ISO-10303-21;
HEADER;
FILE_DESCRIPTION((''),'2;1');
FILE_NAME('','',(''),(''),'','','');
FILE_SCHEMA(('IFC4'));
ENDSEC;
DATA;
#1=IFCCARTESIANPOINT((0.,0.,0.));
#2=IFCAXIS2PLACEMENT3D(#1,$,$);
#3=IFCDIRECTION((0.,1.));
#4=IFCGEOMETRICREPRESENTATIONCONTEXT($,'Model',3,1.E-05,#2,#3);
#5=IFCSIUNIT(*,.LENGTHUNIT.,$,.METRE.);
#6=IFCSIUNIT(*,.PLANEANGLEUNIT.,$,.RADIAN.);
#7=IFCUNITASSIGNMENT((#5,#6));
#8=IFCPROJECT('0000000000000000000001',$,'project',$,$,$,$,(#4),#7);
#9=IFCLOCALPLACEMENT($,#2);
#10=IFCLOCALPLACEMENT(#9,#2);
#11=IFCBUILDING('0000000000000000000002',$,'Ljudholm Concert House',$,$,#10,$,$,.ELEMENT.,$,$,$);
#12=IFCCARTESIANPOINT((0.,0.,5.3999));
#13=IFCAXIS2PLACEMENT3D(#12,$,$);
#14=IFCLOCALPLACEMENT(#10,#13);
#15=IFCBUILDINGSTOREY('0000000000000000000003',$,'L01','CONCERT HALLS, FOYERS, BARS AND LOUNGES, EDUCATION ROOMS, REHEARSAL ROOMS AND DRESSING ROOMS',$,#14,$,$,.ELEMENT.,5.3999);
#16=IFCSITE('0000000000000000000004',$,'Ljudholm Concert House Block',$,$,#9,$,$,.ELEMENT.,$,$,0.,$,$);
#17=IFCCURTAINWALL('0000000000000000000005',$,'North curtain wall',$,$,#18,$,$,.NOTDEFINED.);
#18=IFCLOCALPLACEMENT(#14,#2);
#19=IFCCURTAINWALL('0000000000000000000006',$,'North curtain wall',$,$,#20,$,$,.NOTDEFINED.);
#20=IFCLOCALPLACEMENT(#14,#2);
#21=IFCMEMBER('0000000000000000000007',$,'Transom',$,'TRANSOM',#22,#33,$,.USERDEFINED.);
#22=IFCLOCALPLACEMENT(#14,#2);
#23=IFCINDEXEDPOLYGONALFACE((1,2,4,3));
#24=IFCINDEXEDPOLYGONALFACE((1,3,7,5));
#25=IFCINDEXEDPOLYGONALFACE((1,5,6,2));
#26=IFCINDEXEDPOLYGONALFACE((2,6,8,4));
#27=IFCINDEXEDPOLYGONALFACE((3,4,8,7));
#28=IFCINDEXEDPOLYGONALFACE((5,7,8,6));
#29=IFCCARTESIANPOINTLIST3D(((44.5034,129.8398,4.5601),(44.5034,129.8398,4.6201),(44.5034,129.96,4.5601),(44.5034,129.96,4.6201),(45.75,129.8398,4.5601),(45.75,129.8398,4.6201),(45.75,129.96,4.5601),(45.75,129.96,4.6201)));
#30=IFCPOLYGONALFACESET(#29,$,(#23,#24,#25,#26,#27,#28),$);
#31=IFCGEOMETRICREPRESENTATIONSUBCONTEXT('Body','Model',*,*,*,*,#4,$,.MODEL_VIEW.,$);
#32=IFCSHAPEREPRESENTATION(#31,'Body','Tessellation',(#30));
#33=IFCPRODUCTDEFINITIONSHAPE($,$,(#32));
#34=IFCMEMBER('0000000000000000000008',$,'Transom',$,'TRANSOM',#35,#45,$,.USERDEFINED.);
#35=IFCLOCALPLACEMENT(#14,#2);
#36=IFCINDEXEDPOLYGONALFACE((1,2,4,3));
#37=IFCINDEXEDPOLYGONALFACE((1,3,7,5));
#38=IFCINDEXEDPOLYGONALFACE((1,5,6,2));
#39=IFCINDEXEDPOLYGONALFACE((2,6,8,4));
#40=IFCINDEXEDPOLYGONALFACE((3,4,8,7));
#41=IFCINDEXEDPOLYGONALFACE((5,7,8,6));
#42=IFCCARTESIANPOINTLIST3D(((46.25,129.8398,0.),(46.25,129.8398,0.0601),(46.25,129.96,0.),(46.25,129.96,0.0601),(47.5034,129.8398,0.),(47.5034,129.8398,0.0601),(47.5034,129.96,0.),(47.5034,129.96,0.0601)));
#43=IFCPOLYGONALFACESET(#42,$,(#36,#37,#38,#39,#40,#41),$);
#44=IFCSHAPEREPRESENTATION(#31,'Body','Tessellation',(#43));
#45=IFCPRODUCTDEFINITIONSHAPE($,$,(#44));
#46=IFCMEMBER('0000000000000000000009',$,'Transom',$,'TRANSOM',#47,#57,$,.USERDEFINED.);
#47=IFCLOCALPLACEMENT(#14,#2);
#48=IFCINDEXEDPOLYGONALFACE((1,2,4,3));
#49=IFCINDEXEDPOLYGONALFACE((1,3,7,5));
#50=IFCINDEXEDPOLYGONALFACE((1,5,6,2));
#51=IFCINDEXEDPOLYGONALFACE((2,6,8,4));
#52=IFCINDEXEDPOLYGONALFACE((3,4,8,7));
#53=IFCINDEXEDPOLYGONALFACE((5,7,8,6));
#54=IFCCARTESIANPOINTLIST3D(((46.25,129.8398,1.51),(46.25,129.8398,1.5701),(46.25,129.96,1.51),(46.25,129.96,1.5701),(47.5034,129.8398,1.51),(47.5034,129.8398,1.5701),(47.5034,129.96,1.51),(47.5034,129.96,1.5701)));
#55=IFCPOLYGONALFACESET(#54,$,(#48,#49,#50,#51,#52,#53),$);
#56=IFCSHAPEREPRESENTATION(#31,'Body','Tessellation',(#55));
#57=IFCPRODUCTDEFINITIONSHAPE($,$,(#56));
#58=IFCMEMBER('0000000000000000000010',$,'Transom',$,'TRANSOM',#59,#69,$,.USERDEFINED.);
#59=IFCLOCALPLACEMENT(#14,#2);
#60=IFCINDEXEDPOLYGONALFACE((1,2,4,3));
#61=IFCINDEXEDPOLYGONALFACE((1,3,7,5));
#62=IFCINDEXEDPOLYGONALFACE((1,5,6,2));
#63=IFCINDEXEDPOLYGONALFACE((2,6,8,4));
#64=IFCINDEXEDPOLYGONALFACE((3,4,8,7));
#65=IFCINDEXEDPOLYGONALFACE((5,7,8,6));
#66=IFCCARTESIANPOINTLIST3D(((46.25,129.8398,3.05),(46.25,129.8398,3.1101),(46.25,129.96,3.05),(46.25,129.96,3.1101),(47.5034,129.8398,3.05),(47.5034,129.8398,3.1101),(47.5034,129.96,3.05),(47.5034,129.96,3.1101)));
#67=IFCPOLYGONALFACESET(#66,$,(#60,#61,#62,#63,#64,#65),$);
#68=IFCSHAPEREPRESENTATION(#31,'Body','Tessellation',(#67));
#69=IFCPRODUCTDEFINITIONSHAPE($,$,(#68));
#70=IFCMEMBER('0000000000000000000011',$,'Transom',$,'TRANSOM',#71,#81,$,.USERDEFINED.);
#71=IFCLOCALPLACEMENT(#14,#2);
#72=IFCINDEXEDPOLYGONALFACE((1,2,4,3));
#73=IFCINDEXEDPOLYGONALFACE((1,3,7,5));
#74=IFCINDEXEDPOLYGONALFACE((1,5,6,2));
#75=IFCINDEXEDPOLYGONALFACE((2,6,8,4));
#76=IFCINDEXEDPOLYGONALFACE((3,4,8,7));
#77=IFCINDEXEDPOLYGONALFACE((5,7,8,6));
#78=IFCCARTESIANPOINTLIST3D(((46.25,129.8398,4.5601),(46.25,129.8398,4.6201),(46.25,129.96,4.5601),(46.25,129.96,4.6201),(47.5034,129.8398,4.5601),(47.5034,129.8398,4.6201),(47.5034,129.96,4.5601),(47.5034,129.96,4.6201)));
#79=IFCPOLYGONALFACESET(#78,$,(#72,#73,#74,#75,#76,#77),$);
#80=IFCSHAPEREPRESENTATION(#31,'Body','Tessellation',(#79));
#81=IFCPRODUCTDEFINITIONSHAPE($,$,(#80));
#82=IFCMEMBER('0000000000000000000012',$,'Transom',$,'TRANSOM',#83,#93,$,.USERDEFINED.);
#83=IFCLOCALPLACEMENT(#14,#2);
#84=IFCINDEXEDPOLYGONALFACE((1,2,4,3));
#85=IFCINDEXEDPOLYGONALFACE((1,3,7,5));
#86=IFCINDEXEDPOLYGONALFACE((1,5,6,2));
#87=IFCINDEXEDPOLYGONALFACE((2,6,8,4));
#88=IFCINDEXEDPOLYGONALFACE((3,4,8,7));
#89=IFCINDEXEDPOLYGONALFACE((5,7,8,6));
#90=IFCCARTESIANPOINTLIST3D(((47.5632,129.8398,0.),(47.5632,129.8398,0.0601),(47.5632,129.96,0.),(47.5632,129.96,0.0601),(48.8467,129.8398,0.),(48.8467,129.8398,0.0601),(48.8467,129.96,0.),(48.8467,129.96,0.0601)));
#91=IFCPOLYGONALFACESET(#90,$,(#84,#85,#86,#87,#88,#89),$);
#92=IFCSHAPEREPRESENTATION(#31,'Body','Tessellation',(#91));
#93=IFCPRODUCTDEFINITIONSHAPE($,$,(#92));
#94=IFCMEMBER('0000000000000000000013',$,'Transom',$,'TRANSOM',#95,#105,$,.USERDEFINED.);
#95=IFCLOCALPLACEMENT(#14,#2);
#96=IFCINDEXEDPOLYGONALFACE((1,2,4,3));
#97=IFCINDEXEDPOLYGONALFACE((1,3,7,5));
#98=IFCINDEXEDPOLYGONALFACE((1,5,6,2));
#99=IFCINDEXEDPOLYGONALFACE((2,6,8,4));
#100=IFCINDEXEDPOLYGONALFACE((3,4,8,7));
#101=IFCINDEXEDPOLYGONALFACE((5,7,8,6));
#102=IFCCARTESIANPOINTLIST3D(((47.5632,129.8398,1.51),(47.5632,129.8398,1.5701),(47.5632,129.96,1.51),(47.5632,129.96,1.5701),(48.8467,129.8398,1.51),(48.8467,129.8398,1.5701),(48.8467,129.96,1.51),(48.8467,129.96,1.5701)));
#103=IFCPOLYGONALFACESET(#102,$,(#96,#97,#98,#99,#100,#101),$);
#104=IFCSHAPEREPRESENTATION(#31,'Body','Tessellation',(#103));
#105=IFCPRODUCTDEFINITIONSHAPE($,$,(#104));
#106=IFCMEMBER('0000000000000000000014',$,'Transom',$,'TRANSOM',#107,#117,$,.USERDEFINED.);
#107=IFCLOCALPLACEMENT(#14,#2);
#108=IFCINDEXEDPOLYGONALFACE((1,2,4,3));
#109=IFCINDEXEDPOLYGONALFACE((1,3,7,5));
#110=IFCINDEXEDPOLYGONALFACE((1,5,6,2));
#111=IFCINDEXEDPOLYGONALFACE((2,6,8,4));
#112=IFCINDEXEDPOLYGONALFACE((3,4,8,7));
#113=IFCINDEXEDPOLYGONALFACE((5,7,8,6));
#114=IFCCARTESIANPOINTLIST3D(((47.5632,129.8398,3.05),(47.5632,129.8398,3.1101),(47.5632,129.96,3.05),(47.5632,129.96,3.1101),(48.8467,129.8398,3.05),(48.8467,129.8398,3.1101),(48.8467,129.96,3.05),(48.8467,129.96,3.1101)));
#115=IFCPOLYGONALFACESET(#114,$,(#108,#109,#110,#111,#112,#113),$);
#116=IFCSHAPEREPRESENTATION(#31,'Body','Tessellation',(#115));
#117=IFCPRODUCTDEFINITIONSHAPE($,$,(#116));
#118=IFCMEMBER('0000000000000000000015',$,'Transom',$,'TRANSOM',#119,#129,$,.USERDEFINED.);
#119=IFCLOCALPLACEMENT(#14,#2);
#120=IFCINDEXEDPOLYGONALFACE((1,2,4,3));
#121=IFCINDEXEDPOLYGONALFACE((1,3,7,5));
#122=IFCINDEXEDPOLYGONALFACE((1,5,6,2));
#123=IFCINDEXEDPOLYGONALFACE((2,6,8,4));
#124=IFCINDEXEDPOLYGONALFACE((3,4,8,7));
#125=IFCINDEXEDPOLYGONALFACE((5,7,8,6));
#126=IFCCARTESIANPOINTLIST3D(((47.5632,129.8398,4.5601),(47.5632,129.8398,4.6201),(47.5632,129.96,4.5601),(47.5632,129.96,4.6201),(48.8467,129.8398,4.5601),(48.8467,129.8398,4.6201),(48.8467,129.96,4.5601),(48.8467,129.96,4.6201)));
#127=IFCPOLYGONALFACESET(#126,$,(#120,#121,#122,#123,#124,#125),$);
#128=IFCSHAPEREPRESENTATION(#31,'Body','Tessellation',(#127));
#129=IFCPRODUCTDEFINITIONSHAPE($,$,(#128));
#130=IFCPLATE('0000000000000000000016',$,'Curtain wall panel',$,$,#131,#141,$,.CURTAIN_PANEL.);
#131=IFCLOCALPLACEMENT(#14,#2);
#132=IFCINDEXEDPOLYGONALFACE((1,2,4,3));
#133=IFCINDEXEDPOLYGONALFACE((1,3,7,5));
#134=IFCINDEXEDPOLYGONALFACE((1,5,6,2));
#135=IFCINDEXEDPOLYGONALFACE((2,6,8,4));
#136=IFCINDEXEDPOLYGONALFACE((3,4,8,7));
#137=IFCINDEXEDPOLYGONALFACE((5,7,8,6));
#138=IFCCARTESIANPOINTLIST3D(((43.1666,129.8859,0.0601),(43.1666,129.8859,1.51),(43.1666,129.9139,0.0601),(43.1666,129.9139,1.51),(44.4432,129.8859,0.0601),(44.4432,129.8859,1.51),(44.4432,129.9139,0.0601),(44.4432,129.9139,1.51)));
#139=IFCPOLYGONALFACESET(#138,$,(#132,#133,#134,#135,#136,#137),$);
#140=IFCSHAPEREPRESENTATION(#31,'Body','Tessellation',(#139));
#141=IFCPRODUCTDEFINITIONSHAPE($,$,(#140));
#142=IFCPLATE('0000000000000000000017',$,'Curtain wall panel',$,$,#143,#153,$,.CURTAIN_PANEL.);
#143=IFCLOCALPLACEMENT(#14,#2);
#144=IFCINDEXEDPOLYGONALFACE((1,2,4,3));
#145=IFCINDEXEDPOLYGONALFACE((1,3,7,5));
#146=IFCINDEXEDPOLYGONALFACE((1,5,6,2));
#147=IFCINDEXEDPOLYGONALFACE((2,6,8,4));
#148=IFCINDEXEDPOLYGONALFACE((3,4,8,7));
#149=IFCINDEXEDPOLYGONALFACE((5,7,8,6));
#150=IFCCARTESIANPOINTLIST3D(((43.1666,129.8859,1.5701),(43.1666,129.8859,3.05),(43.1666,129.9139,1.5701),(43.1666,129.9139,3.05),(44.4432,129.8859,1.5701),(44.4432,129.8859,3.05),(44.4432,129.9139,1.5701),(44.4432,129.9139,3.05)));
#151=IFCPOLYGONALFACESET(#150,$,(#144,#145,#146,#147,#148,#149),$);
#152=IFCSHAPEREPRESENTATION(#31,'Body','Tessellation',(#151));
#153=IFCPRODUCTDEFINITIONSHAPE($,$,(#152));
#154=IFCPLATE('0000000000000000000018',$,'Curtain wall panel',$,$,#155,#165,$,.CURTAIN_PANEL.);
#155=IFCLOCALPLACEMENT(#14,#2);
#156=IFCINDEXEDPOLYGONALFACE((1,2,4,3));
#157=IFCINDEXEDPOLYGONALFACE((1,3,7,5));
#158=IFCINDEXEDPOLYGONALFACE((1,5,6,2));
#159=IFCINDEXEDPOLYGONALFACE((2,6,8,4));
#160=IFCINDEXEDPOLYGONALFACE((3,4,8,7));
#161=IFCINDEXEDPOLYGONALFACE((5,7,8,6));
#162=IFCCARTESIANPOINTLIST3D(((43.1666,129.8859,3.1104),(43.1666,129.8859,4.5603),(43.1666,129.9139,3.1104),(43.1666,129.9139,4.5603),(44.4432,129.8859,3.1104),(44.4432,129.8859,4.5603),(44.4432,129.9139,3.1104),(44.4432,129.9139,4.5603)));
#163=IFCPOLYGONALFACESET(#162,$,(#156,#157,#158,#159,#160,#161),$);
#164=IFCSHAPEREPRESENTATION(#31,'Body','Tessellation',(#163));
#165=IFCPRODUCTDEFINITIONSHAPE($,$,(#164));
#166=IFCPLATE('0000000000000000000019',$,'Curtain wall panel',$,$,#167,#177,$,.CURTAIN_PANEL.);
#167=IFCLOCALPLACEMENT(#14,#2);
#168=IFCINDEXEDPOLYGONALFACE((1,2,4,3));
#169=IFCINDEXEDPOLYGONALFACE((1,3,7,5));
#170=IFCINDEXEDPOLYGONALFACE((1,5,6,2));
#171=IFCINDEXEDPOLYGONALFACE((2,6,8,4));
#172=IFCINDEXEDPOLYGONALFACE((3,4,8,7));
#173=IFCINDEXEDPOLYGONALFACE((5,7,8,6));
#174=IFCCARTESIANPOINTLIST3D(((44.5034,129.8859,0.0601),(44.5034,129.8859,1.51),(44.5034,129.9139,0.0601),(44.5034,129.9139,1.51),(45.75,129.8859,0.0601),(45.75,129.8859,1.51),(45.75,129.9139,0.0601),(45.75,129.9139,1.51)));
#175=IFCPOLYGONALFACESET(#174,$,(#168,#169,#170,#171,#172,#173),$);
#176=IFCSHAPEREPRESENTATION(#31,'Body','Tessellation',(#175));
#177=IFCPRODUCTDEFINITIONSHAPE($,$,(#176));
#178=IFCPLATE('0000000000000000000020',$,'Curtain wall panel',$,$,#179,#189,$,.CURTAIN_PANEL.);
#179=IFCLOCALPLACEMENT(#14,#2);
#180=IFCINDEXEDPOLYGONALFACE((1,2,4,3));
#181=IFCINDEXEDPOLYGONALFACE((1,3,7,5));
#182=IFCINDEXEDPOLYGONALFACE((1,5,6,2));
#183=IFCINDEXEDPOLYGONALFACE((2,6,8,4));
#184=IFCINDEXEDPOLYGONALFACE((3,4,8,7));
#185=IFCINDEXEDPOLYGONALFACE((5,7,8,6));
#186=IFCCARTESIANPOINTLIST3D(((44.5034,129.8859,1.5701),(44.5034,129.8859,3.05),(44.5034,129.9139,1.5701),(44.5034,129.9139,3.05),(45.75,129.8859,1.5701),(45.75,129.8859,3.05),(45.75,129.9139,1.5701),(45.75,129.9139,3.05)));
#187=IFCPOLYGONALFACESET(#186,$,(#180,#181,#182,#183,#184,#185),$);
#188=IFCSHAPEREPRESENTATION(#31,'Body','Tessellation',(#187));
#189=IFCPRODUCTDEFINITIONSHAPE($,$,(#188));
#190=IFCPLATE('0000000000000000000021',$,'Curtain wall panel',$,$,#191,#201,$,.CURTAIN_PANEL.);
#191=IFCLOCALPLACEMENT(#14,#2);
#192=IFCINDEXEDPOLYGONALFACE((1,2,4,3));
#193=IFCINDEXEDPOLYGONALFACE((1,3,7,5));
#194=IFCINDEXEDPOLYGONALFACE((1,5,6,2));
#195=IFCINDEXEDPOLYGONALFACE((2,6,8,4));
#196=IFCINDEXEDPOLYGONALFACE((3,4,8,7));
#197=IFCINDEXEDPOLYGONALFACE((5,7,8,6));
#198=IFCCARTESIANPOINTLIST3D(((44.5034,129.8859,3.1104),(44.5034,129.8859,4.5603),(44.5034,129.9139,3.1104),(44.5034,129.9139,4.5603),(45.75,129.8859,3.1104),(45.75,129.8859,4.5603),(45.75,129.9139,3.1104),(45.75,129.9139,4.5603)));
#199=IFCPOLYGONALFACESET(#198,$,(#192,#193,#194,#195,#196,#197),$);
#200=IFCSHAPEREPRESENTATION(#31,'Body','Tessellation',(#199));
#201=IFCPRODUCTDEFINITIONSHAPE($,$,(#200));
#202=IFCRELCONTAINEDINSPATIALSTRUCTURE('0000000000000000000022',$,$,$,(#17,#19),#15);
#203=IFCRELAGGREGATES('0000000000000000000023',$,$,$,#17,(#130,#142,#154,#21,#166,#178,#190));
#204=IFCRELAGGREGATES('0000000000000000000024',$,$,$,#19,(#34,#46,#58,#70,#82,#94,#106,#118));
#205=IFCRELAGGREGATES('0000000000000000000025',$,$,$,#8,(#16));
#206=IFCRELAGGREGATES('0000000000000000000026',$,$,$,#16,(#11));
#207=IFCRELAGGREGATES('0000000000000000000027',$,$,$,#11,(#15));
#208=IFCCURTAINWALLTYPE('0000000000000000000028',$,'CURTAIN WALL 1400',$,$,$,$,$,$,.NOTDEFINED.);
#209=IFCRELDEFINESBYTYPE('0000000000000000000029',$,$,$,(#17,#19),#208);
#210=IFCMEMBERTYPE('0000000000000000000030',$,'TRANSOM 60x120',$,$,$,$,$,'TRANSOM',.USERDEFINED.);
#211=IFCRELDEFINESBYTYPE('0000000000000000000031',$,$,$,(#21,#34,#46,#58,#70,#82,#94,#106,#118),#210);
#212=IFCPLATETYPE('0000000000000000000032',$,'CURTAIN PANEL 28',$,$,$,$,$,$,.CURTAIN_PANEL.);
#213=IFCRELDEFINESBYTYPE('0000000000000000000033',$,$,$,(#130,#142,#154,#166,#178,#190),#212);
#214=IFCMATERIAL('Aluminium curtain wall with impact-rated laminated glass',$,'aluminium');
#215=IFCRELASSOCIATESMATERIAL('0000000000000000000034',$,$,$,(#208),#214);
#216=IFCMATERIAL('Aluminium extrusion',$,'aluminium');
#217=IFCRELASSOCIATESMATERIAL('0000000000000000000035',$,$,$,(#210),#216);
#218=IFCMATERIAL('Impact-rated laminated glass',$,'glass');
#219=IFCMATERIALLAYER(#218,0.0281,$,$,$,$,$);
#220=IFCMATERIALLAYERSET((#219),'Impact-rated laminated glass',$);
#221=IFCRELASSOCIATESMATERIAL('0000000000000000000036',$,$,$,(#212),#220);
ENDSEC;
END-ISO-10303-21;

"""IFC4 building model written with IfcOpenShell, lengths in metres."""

from ifc_helpers import new_model, si_unit, direction, frame, origin, origin_2d, place, context, subcontext, project, spatial, rectangle, extrude, material, layer, layer_set, material_profile, profile_set, type_object, element, aggregate, save


model = new_model("IFC4")

# Units and contexts
model_context = context("Model", 3, precision=1e-05, world=origin(), true_north=direction((0.0, 1.0)))
body_context = subcontext(model_context, "Body", "Model", "MODEL_VIEW")
ifc_project = project(units=[si_unit("LENGTHUNIT", "METRE"), si_unit("PLANEANGLEUNIT", "RADIAN")], contexts=[model_context])

# Site, building, storey
site_placement = place(None, origin())
site = spatial("IfcSite", under=ifc_project, at=site_placement, Name="Ljudholm Concert House Block", CompositionType="ELEMENT", RefElevation=0.0)
building_placement = place(site_placement, origin())
building = spatial("IfcBuilding", under=site, at=building_placement, Name="Ljudholm Concert House", CompositionType="ELEMENT")
storey_placement = place(building_placement, frame((0.0, 0.0, 5.3999)))
storey = spatial("IfcBuildingStorey", under=building, at=storey_placement, Name="L01", Description="CONCERT HALLS, FOYERS, BARS AND LOUNGES, EDUCATION ROOMS, REHEARSAL ROOMS AND DRESSING ROOMS", CompositionType="ELEMENT", Elevation=5.3999)

# Curtain walls
ifc_material_1 = material(Name="Aluminium curtain wall with impact-rated laminated glass", Category="aluminium")
curtain_wall_type = type_object("IfcCurtainWallType", Name="CURTAIN WALL 1400", PredefinedType="NOTDEFINED", material=ifc_material_1)
curtain_wall_1_placement = place(storey_placement, origin())
curtain_wall_1 = element("IfcCurtainWall", 1, at=curtain_wall_1_placement, inside=storey, type_object=curtain_wall_type, Name="North curtain wall", PredefinedType="NOTDEFINED")
curtain_wall_2_placement = place(storey_placement, origin())
curtain_wall_2 = element("IfcCurtainWall", 2, at=curtain_wall_2_placement, inside=storey, type_object=curtain_wall_type, Name="North curtain wall", PredefinedType="NOTDEFINED")

# Members
ifc_material_2 = material(Name="Aluminium extrusion", Category="aluminium")
ifc_material_profile_1 = material_profile(ifc_material_2, rectangle(XDim=0.1201, YDim=0.0601, at=origin_2d()), Name="TRANSOM 60x120")
ifc_profile_set_1 = profile_set([ifc_material_profile_1], Name="Aluminium extrusion")
member_type_1 = type_object("IfcMemberType", Name="TRANSOM 60x120", ElementType="TRANSOM", PredefinedType="USERDEFINED", material=ifc_profile_set_1)
member_1_placement = place(storey_placement, frame((44.5034, 129.8999, 4.5901), z_axis=(1.0, 0.0, 0.0), x_axis=(0.0, 1.0, 0.0)))
member_1 = element("IfcMember", 3, at=member_1_placement, type_object=member_type_1, Name="Transom", ObjectType="TRANSOM", PredefinedType="USERDEFINED", context=body_context, shape_type="SweptSolid", body=[
    extrude(rectangle(XDim=0.1201, YDim=0.0601, at=origin_2d()), origin(), (0.0, 0.0, 1.0), 1.2466),
])
member_2_placement = place(storey_placement, frame((46.25, 129.8999, 0.03), z_axis=(1.0, 0.0, 0.0), x_axis=(0.0, 1.0, 0.0)))
member_2 = element("IfcMember", 4, at=member_2_placement, type_object=member_type_1, Name="Transom", ObjectType="TRANSOM", PredefinedType="USERDEFINED", context=body_context, shape_type="SweptSolid", body=[
    extrude(rectangle(XDim=0.1201, YDim=0.0601, at=origin_2d()), origin(), (0.0, 0.0, 1.0), 1.2534),
])
member_3_placement = place(storey_placement, frame((46.25, 129.8999, 1.54), z_axis=(1.0, 0.0, 0.0), x_axis=(0.0, 1.0, 0.0)))
member_3 = element("IfcMember", 5, at=member_3_placement, type_object=member_type_1, Name="Transom", ObjectType="TRANSOM", PredefinedType="USERDEFINED", context=body_context, shape_type="SweptSolid", body=[
    extrude(rectangle(XDim=0.1201, YDim=0.0601, at=origin_2d()), origin(), (0.0, 0.0, 1.0), 1.2534),
])
member_4_placement = place(storey_placement, frame((46.25, 129.8999, 3.0801), z_axis=(1.0, 0.0, 0.0), x_axis=(0.0, 1.0, 0.0)))
member_4 = element("IfcMember", 6, at=member_4_placement, type_object=member_type_1, Name="Transom", ObjectType="TRANSOM", PredefinedType="USERDEFINED", context=body_context, shape_type="SweptSolid", body=[
    extrude(rectangle(XDim=0.1201, YDim=0.0601, at=origin_2d()), origin(), (0.0, 0.0, 1.0), 1.2534),
])
member_5_placement = place(storey_placement, frame((46.25, 129.8999, 4.5901), z_axis=(1.0, 0.0, 0.0), x_axis=(0.0, 1.0, 0.0)))
member_5 = element("IfcMember", 7, at=member_5_placement, type_object=member_type_1, Name="Transom", ObjectType="TRANSOM", PredefinedType="USERDEFINED", context=body_context, shape_type="SweptSolid", body=[
    extrude(rectangle(XDim=0.1201, YDim=0.0601, at=origin_2d()), origin(), (0.0, 0.0, 1.0), 1.2534),
])
member_6_placement = place(storey_placement, frame((47.5632, 129.8999, 0.03), z_axis=(1.0, 0.0, 0.0), x_axis=(0.0, 1.0, 0.0)))
member_6 = element("IfcMember", 8, at=member_6_placement, type_object=member_type_1, Name="Transom", ObjectType="TRANSOM", PredefinedType="USERDEFINED", context=body_context, shape_type="SweptSolid", body=[
    extrude(rectangle(XDim=0.1201, YDim=0.0601, at=origin_2d()), origin(), (0.0, 0.0, 1.0), 1.2834),
])
member_7_placement = place(storey_placement, frame((47.5632, 129.8999, 1.54), z_axis=(1.0, 0.0, 0.0), x_axis=(0.0, 1.0, 0.0)))
member_7 = element("IfcMember", 9, at=member_7_placement, type_object=member_type_1, Name="Transom", ObjectType="TRANSOM", PredefinedType="USERDEFINED", context=body_context, shape_type="SweptSolid", body=[
    extrude(rectangle(XDim=0.1201, YDim=0.0601, at=origin_2d()), origin(), (0.0, 0.0, 1.0), 1.2834),
])
member_8_placement = place(storey_placement, frame((47.5632, 129.8999, 3.0801), z_axis=(1.0, 0.0, 0.0), x_axis=(0.0, 1.0, 0.0)))
member_8 = element("IfcMember", 10, at=member_8_placement, type_object=member_type_1, Name="Transom", ObjectType="TRANSOM", PredefinedType="USERDEFINED", context=body_context, shape_type="SweptSolid", body=[
    extrude(rectangle(XDim=0.1201, YDim=0.0601, at=origin_2d()), origin(), (0.0, 0.0, 1.0), 1.2834),
])
member_9_placement = place(storey_placement, frame((47.5632, 129.8999, 4.5901), z_axis=(1.0, 0.0, 0.0), x_axis=(0.0, 1.0, 0.0)))
member_9 = element("IfcMember", 11, at=member_9_placement, type_object=member_type_1, Name="Transom", ObjectType="TRANSOM", PredefinedType="USERDEFINED", context=body_context, shape_type="SweptSolid", body=[
    extrude(rectangle(XDim=0.1201, YDim=0.0601, at=origin_2d()), origin(), (0.0, 0.0, 1.0), 1.2834),
])

# Plates
ifc_material_3 = material(Name="Impact-rated laminated glass", Category="glass")
ifc_layer = layer(ifc_material_3, 0.0281)
ifc_layer_set = layer_set([ifc_layer], Name="Impact-rated laminated glass")
plate_type = type_object("IfcPlateType", Name="CURTAIN PANEL 28", PredefinedType="CURTAIN_PANEL", material=ifc_layer_set)
plate_1_placement = place(storey_placement, frame((43.8049, 129.8999, 0.0601), z_axis=(0.0, 0.0, 1.0), x_axis=(1.0, 0.0, 0.0)))
plate_1 = element("IfcPlate", 12, at=plate_1_placement, type_object=plate_type, Name="Curtain wall panel", PredefinedType="CURTAIN_PANEL", context=body_context, shape_type="SweptSolid", body=[
    extrude(rectangle(XDim=1.2766, YDim=0.0281, at=origin_2d()), origin(), (0.0, 0.0, 1.0), 1.45),
])
plate_2_placement = place(storey_placement, frame((43.8049, 129.8999, 1.5701), z_axis=(0.0, 0.0, 1.0), x_axis=(1.0, 0.0, 0.0)))
plate_2 = element("IfcPlate", 13, at=plate_2_placement, type_object=plate_type, Name="Curtain wall panel", PredefinedType="CURTAIN_PANEL", context=body_context, shape_type="SweptSolid", body=[
    extrude(rectangle(XDim=1.2766, YDim=0.0281, at=origin_2d()), origin(), (0.0, 0.0, 1.0), 1.48),
])
plate_3_placement = place(storey_placement, frame((43.8049, 129.8999, 3.1104), z_axis=(0.0, 0.0, 1.0), x_axis=(1.0, 0.0, 0.0)))
plate_3 = element("IfcPlate", 14, at=plate_3_placement, type_object=plate_type, Name="Curtain wall panel", PredefinedType="CURTAIN_PANEL", context=body_context, shape_type="SweptSolid", body=[
    extrude(rectangle(XDim=1.2766, YDim=0.0281, at=origin_2d()), origin(), (0.0, 0.0, 1.0), 1.45),
])
plate_4_placement = place(storey_placement, frame((45.1267, 129.8999, 0.0601), z_axis=(0.0, 0.0, 1.0), x_axis=(1.0, 0.0, 0.0)))
plate_4 = element("IfcPlate", 15, at=plate_4_placement, type_object=plate_type, Name="Curtain wall panel", PredefinedType="CURTAIN_PANEL", context=body_context, shape_type="SweptSolid", body=[
    extrude(rectangle(XDim=1.2466, YDim=0.0281, at=origin_2d()), origin(), (0.0, 0.0, 1.0), 1.45),
])
plate_5_placement = place(storey_placement, frame((45.1267, 129.8999, 1.5701), z_axis=(0.0, 0.0, 1.0), x_axis=(1.0, 0.0, 0.0)))
plate_5 = element("IfcPlate", 16, at=plate_5_placement, type_object=plate_type, Name="Curtain wall panel", PredefinedType="CURTAIN_PANEL", context=body_context, shape_type="SweptSolid", body=[
    extrude(rectangle(XDim=1.2466, YDim=0.0281, at=origin_2d()), origin(), (0.0, 0.0, 1.0), 1.48),
])
plate_6_placement = place(storey_placement, frame((45.1267, 129.8999, 3.1104), z_axis=(0.0, 0.0, 1.0), x_axis=(1.0, 0.0, 0.0)))
plate_6 = element("IfcPlate", 17, at=plate_6_placement, type_object=plate_type, Name="Curtain wall panel", PredefinedType="CURTAIN_PANEL", context=body_context, shape_type="SweptSolid", body=[
    extrude(rectangle(XDim=1.2466, YDim=0.0281, at=origin_2d()), origin(), (0.0, 0.0, 1.0), 1.45),
])
aggregate(curtain_wall_1, [plate_1, plate_2, plate_3, member_1, plate_4, plate_5, plate_6])
aggregate(curtain_wall_2, [member_2, member_3, member_4, member_5, member_6, member_7, member_8, member_9])

save(model, "model.ifc")
